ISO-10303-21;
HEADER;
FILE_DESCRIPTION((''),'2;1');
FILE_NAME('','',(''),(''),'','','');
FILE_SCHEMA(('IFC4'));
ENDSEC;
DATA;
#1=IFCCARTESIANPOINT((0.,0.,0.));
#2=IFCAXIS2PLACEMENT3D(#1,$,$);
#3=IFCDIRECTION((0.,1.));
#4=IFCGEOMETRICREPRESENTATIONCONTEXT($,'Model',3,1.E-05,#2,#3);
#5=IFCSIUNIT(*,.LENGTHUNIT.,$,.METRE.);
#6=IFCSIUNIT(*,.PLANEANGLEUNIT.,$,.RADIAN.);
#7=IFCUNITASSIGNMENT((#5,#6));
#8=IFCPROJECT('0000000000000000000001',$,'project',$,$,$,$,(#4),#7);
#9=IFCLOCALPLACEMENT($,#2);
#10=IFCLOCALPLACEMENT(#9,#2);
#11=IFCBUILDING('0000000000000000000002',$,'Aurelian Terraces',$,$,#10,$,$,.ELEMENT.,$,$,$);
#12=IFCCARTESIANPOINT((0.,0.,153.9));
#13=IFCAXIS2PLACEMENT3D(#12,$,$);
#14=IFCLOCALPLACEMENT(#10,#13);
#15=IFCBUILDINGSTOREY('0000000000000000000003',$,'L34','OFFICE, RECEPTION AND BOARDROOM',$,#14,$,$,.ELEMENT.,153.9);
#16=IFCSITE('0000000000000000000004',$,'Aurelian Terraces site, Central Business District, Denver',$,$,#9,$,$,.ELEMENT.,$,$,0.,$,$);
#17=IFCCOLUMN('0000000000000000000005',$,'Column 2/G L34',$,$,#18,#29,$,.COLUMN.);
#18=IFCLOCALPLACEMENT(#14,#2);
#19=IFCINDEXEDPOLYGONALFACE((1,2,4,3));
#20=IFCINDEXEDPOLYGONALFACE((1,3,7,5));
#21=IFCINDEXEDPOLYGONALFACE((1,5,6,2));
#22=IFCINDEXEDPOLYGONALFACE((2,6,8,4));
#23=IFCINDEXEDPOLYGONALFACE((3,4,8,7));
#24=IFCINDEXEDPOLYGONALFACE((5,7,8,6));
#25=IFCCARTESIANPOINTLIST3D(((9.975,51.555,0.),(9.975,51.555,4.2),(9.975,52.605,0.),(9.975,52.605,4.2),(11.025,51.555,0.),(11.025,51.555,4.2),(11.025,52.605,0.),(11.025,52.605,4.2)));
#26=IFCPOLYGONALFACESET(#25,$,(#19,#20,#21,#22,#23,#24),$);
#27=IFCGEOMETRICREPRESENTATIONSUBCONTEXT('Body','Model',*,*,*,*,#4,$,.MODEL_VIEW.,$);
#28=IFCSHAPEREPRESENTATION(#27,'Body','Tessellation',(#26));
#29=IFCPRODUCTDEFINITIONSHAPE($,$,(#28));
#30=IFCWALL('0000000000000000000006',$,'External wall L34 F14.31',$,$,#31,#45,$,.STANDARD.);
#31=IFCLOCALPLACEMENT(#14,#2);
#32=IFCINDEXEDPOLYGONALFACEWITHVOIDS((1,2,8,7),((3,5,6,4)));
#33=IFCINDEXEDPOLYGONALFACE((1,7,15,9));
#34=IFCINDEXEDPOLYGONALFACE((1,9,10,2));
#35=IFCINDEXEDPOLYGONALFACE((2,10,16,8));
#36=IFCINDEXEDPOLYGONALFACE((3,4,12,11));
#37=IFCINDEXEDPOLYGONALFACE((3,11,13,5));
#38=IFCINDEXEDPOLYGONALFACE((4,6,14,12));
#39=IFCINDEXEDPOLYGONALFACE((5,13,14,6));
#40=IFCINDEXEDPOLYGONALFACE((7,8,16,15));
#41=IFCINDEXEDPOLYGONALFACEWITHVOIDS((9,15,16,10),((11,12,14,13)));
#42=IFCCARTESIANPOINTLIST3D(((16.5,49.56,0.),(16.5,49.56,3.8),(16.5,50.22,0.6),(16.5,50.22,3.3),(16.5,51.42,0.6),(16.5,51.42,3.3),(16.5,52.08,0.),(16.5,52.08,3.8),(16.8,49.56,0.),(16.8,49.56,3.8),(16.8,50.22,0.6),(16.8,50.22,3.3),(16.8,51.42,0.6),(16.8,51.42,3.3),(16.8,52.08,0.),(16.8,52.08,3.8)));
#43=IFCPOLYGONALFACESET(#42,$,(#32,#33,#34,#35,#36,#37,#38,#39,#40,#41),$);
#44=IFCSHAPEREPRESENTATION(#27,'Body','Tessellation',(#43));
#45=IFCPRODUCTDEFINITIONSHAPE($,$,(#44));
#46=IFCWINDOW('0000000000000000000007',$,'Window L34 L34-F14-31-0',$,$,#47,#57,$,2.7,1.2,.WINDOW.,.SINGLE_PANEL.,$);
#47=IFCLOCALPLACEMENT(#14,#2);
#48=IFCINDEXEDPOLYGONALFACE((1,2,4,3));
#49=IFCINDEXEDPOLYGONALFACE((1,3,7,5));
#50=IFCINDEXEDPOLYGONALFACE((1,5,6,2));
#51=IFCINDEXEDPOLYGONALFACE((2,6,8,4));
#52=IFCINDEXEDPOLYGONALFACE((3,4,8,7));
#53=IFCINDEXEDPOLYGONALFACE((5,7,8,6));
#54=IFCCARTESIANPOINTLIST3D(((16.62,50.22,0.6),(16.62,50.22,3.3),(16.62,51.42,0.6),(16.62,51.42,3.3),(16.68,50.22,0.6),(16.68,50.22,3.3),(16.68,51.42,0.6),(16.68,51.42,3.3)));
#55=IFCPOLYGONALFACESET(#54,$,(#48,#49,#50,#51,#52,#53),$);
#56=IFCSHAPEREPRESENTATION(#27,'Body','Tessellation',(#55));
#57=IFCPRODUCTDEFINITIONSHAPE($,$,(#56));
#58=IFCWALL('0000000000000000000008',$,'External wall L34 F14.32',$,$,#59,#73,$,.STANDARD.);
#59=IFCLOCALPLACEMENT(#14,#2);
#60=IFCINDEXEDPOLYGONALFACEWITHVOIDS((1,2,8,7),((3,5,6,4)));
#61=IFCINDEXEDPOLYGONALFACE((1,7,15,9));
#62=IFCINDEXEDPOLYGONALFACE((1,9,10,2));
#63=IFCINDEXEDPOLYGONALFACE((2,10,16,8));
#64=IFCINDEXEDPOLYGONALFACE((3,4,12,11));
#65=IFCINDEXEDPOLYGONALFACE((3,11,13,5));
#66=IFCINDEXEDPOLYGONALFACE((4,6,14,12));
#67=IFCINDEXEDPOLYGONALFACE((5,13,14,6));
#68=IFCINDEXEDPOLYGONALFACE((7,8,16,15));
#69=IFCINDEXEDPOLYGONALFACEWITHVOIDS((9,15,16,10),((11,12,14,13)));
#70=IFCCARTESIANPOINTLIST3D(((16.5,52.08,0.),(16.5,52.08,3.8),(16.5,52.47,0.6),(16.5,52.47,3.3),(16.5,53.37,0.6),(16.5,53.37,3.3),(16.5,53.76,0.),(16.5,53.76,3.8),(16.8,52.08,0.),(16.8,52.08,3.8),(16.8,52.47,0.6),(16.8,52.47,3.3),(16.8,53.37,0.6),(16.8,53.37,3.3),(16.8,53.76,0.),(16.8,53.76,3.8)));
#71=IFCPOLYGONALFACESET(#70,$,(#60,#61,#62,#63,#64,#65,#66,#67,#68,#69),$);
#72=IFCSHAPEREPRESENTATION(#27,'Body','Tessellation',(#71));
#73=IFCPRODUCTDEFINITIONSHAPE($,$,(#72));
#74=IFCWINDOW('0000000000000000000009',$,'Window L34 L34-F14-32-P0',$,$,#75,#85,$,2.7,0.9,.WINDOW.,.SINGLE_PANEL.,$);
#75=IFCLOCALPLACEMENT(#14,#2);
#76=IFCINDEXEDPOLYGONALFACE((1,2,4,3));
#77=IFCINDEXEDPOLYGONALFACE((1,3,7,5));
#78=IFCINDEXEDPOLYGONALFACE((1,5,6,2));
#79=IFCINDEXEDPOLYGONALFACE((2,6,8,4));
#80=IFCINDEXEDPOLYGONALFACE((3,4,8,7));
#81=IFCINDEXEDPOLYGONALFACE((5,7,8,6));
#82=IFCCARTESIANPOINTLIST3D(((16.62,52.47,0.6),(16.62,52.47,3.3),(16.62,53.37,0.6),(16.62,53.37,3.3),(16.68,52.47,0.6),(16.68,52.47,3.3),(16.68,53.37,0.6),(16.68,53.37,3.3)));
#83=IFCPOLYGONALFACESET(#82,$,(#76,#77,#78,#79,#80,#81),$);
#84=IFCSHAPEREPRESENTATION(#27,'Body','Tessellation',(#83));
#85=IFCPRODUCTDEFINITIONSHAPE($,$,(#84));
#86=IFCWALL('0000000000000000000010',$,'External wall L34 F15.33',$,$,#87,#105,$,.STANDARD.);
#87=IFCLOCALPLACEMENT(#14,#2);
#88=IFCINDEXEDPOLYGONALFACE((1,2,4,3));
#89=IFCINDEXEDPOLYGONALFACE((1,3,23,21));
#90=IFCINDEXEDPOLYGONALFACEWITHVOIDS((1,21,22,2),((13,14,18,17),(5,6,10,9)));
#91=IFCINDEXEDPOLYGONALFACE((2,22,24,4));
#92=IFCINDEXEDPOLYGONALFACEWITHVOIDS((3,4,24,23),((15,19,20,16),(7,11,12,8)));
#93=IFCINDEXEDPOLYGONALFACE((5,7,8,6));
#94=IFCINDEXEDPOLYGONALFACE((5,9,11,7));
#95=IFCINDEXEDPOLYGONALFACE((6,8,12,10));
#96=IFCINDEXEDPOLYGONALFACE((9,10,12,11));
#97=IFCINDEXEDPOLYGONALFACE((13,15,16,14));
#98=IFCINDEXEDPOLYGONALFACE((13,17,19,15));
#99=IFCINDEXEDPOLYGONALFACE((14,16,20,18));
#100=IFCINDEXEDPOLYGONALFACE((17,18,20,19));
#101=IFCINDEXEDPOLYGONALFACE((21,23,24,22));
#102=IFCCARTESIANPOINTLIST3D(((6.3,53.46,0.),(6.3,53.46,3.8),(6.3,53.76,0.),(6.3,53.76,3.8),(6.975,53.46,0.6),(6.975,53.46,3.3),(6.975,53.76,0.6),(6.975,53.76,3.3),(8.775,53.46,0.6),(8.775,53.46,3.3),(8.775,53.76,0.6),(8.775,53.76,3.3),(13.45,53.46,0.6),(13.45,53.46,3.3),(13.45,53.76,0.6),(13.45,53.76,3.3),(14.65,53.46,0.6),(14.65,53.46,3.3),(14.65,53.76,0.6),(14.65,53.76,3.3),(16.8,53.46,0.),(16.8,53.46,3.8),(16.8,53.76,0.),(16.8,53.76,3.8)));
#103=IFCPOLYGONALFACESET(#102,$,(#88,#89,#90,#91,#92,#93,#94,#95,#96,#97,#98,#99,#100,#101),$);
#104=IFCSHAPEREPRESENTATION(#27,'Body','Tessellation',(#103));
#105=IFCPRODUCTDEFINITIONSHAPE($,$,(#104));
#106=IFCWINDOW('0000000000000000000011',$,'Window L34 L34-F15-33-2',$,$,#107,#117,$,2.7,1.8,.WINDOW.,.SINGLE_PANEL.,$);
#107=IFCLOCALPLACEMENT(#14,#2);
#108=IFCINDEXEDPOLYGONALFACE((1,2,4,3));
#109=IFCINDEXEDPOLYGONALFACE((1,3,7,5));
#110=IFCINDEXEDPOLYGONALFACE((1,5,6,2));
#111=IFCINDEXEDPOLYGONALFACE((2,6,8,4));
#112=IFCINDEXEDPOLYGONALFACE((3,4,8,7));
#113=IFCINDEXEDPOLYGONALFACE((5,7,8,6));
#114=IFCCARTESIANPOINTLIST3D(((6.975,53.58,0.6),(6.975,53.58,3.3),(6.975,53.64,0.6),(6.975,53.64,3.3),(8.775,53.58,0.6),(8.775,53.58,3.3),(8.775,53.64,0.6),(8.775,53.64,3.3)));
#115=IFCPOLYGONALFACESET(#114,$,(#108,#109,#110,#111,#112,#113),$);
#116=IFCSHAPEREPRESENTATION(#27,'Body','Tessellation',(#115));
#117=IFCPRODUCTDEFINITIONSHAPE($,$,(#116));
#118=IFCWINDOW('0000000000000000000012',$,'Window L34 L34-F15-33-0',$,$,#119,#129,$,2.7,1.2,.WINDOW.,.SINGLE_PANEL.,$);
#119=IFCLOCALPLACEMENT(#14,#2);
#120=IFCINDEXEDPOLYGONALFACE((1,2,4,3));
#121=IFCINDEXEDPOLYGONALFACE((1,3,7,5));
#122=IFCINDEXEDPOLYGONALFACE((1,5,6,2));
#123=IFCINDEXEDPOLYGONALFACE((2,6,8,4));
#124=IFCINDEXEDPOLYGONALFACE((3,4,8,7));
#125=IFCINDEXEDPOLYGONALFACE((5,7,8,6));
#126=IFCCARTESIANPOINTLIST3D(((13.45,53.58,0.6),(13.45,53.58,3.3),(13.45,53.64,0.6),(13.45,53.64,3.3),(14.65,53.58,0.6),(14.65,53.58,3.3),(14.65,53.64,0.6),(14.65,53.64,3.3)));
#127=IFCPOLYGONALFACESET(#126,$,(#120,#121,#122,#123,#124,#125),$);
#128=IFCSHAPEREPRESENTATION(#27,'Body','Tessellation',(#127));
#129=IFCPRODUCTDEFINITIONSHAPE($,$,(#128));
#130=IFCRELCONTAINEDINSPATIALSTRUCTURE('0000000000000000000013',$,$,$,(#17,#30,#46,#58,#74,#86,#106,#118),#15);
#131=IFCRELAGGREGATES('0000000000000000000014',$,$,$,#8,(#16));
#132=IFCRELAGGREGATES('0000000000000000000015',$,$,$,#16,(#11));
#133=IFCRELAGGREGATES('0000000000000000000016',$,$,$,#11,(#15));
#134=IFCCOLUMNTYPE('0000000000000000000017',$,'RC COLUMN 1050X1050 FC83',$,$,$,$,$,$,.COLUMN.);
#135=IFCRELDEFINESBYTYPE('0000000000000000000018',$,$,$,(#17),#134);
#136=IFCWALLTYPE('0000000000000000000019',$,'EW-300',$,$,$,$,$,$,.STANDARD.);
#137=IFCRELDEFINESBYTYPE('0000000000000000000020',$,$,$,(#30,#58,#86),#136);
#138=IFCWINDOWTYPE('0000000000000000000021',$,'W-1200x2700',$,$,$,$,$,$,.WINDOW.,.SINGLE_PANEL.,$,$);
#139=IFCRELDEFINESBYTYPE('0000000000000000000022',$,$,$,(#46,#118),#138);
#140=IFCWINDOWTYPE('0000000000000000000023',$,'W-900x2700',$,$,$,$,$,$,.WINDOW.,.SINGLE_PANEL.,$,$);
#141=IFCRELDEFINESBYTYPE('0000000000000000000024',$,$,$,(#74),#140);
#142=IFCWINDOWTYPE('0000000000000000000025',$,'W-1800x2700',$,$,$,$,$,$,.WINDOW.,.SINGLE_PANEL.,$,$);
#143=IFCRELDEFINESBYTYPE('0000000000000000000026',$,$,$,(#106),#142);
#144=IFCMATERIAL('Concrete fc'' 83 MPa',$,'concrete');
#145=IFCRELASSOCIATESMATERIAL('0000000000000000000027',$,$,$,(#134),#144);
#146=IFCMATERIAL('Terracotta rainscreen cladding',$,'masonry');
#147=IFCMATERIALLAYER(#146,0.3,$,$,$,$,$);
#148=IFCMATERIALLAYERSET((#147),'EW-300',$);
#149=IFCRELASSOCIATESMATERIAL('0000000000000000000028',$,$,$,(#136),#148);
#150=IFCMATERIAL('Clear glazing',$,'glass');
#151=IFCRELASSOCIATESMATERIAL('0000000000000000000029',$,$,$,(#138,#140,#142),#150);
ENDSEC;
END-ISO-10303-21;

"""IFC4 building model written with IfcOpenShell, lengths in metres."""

from ifc_helpers import new_model, si_unit, direction, frame, frame_2d, origin, origin_2d, place, context, subcontext, project, spatial, rectangle, extrude, source, transform, mapped, material, layer, layer_set, material_profile, profile_set, type_object, element, fill, save


model = new_model("IFC4")

# Units and contexts
model_context = context("Model", 3, precision=1e-05, world=origin(), true_north=direction((0.0, 1.0)))
body_context = subcontext(model_context, "Body", "Model", "MODEL_VIEW")
ifc_project = project(units=[si_unit("LENGTHUNIT", "METRE"), si_unit("PLANEANGLEUNIT", "RADIAN")], contexts=[model_context])

# Site, building, storey
site_placement = place(None, origin())
site = spatial("IfcSite", under=ifc_project, at=site_placement, Name="Aurelian Terraces site, Central Business District, Denver", CompositionType="ELEMENT", RefElevation=0.0)
building_placement = place(site_placement, origin())
building = spatial("IfcBuilding", under=site, at=building_placement, Name="Aurelian Terraces", CompositionType="ELEMENT")
storey_placement = place(building_placement, frame((0.0, 0.0, 153.9)))
storey = spatial("IfcBuildingStorey", under=building, at=storey_placement, Name="L34", Description="OFFICE, RECEPTION AND BOARDROOM", CompositionType="ELEMENT", Elevation=153.9)

# Column
ifc_material_1 = material(Name="Concrete fc' 83 MPa", Category="concrete")
ifc_material_profile = material_profile(ifc_material_1, rectangle(XDim=1.05, YDim=1.05, at=origin_2d()))
ifc_profile_set = profile_set([ifc_material_profile], Name="Concrete fc' 83 MPa")
column_type = type_object("IfcColumnType", Name="RC COLUMN 1050X1050 FC83", PredefinedType="COLUMN", material=ifc_profile_set)
shared_shape_1 = source(origin(), body_context, "Body", "SweptSolid", [
    extrude(rectangle(XDim=1.05, YDim=1.05, at=origin_2d()), origin(), (0.0, 0.0, 1.0), 4.2),
])
column_placement = place(storey_placement, frame((10.5, 52.08, 0.0), z_axis=(0.0, 0.0, 1.0), x_axis=(1.0, 0.0, 0.0)))
element("IfcColumn", 1, at=column_placement, inside=storey, type_object=column_type, Name="Column 2/G L34", PredefinedType="COLUMN", context=body_context, shape_type="MappedRepresentation", body=[
    mapped(shared_shape_1, transform((0.0, 0.0, 0.0), scale=1.0)),
])

# Walls, openings, windows
ifc_material_2 = material(Name="Terracotta rainscreen cladding", Category="masonry")
ifc_layer_1 = layer(ifc_material_2, 0.3)
ifc_layer_set_1 = layer_set([ifc_layer_1], Name="EW-300")
wall_type_1 = type_object("IfcWallType", Name="EW-300", PredefinedType="STANDARD", material=ifc_layer_set_1)
shared_shape_2 = source(origin(), body_context, "Body", "SweptSolid", [
    extrude(rectangle(XDim=2.52, YDim=0.3, at=frame_2d((1.26, 0.0))), origin(), (0.0, 0.0, 1.0), 3.8),
])
wall_1_placement = place(storey_placement, frame((16.65, 49.56, 0.0), z_axis=(0.0, 0.0, 1.0), x_axis=(0.0, 1.0, 0.0)))
wall_1 = element("IfcWall", 2, at=wall_1_placement, inside=storey, type_object=wall_type_1, Name="External wall L34 F14.31", PredefinedType="STANDARD", context=body_context, shape_type="MappedRepresentation", body=[
    mapped(shared_shape_2, transform((0.0, 0.0, 0.0), scale=1.0)),
])
shared_shape_3 = source(origin(), body_context, "Body", "SweptSolid", [
    extrude(rectangle(XDim=1.2, YDim=2.7, at=frame_2d((0.6, 1.35))), frame((0.0, 0.16, 0.0), z_axis=(0.0, -1.0, 0.0), x_axis=(1.0, 0.0, 0.0)), (0.0, 0.0, 1.0), 0.32),
])
opening_1_placement = place(wall_1_placement, frame((0.66, 0.0, 0.6)))
opening_1 = element("IfcOpeningElement", 3, at=opening_1_placement, cuts=wall_1, PredefinedType="OPENING", context=body_context, shape_type="MappedRepresentation", body=[
    mapped(shared_shape_3, transform((0.0, 0.0, 0.0), scale=1.0)),
])
ifc_material_3 = material(Name="Clear glazing", Category="glass")
window_type_1 = type_object("IfcWindowType", Name="W-1200x2700", PartitioningType="SINGLE_PANEL", PredefinedType="WINDOW", material=ifc_material_3)
shared_shape_4 = source(origin(), body_context, "Body", "SweptSolid", [
    extrude(rectangle(XDim=1.2, YDim=2.7, at=frame_2d((0.6, 1.35))), frame((0.0, 0.03, 0.0), z_axis=(0.0, -1.0, 0.0), x_axis=(1.0, 0.0, 0.0)), (0.0, 0.0, 1.0), 0.06),
])
window_1_placement = place(opening_1_placement, origin())
window_1 = element("IfcWindow", 4, at=window_1_placement, inside=storey, type_object=window_type_1, Name="Window L34 L34-F14-31-0", OverallHeight=2.7, OverallWidth=1.2, PartitioningType="SINGLE_PANEL", PredefinedType="WINDOW", context=body_context, shape_type="MappedRepresentation", body=[
    mapped(shared_shape_4, transform((0.0, 0.0, 0.0), scale=1.0)),
])
fill(opening_1, window_1)
shared_shape_5 = source(origin(), body_context, "Body", "SweptSolid", [
    extrude(rectangle(XDim=1.68, YDim=0.3, at=frame_2d((0.84, 0.0))), origin(), (0.0, 0.0, 1.0), 3.8),
])
wall_2_placement = place(storey_placement, frame((16.65, 52.08, 0.0), z_axis=(0.0, 0.0, 1.0), x_axis=(0.0, 1.0, 0.0)))
wall_2 = element("IfcWall", 5, at=wall_2_placement, inside=storey, type_object=wall_type_1, Name="External wall L34 F14.32", PredefinedType="STANDARD", context=body_context, shape_type="MappedRepresentation", body=[
    mapped(shared_shape_5, transform((0.0, 0.0, 0.0), scale=1.0)),
])
shared_shape_6 = source(origin(), body_context, "Body", "SweptSolid", [
    extrude(rectangle(XDim=0.9, YDim=2.7, at=frame_2d((0.45, 1.35))), frame((0.0, 0.16, 0.0), z_axis=(0.0, -1.0, 0.0), x_axis=(1.0, 0.0, 0.0)), (0.0, 0.0, 1.0), 0.32),
])
opening_2_placement = place(wall_2_placement, frame((0.39, 0.0, 0.6)))
opening_2 = element("IfcOpeningElement", 6, at=opening_2_placement, cuts=wall_2, PredefinedType="OPENING", context=body_context, shape_type="MappedRepresentation", body=[
    mapped(shared_shape_6, transform((0.0, 0.0, 0.0), scale=1.0)),
])
window_type_2 = type_object("IfcWindowType", Name="W-900x2700", PartitioningType="SINGLE_PANEL", PredefinedType="WINDOW", material=ifc_material_3)
shared_shape_7 = source(origin(), body_context, "Body", "SweptSolid", [
    extrude(rectangle(XDim=0.9, YDim=2.7, at=frame_2d((0.45, 1.35))), frame((0.0, 0.03, 0.0), z_axis=(0.0, -1.0, 0.0), x_axis=(1.0, 0.0, 0.0)), (0.0, 0.0, 1.0), 0.06),
])
window_2_placement = place(opening_2_placement, origin())
window_2 = element("IfcWindow", 7, at=window_2_placement, inside=storey, type_object=window_type_2, Name="Window L34 L34-F14-32-P0", OverallHeight=2.7, OverallWidth=0.9, PartitioningType="SINGLE_PANEL", PredefinedType="WINDOW", context=body_context, shape_type="MappedRepresentation", body=[
    mapped(shared_shape_7, transform((0.0, 0.0, 0.0), scale=1.0)),
])
fill(opening_2, window_2)

# Wall, openings, windows
shared_shape_8 = source(origin(), body_context, "Body", "SweptSolid", [
    extrude(rectangle(XDim=10.5, YDim=0.3, at=frame_2d((5.25, 0.0))), origin(), (0.0, 0.0, 1.0), 3.8),
])
wall_3_placement = place(storey_placement, frame((16.8, 53.61, 0.0), z_axis=(0.0, 0.0, 1.0), x_axis=(-1.0, 0.0, 0.0)))
wall_3 = element("IfcWall", 8, at=wall_3_placement, inside=storey, type_object=wall_type_1, Name="External wall L34 F15.33", PredefinedType="STANDARD", context=body_context, shape_type="MappedRepresentation", body=[
    mapped(shared_shape_8, transform((0.0, 0.0, 0.0), scale=1.0)),
])
opening_3_placement = place(wall_3_placement, frame((2.15, 0.0, 0.6)))
opening_3 = element("IfcOpeningElement", 9, at=opening_3_placement, cuts=wall_3, PredefinedType="OPENING", context=body_context, shape_type="MappedRepresentation", body=[
    mapped(shared_shape_3, transform((0.0, 0.0, 0.0), scale=1.0)),
])
shared_shape_9 = source(origin(), body_context, "Body", "SweptSolid", [
    extrude(rectangle(XDim=1.8, YDim=2.7, at=frame_2d((0.9, 1.35))), frame((0.0, 0.16, 0.0), z_axis=(0.0, -1.0, 0.0), x_axis=(1.0, 0.0, 0.0)), (0.0, 0.0, 1.0), 0.32),
])
opening_4_placement = place(wall_3_placement, frame((8.025, 0.0, 0.6)))
opening_4 = element("IfcOpeningElement", 10, at=opening_4_placement, cuts=wall_3, PredefinedType="OPENING", context=body_context, shape_type="MappedRepresentation", body=[
    mapped(shared_shape_9, transform((0.0, 0.0, 0.0), scale=1.0)),
])
window_type_3 = type_object("IfcWindowType", Name="W-1800x2700", PartitioningType="SINGLE_PANEL", PredefinedType="WINDOW", material=ifc_material_3)
shared_shape_10 = source(origin(), body_context, "Body", "SweptSolid", [
    extrude(rectangle(XDim=1.8, YDim=2.7, at=frame_2d((0.9, 1.35))), frame((0.0, 0.03, 0.0), z_axis=(0.0, -1.0, 0.0), x_axis=(1.0, 0.0, 0.0)), (0.0, 0.0, 1.0), 0.06),
])
window_3_placement = place(opening_4_placement, origin())
window_3 = element("IfcWindow", 11, at=window_3_placement, inside=storey, type_object=window_type_3, Name="Window L34 L34-F15-33-2", OverallHeight=2.7, OverallWidth=1.8, PartitioningType="SINGLE_PANEL", PredefinedType="WINDOW", context=body_context, shape_type="MappedRepresentation", body=[
    mapped(shared_shape_10, transform((0.0, 0.0, 0.0), scale=1.0)),
])
fill(opening_4, window_3)
window_4_placement = place(opening_3_placement, origin())
window_4 = element("IfcWindow", 12, at=window_4_placement, inside=storey, type_object=window_type_1, Name="Window L34 L34-F15-33-0", OverallHeight=2.7, OverallWidth=1.2, PartitioningType="SINGLE_PANEL", PredefinedType="WINDOW", context=body_context, shape_type="MappedRepresentation", body=[
    mapped(shared_shape_4, transform((0.0, 0.0, 0.0), scale=1.0)),
])
fill(opening_3, window_4)

save(model, "model.ifc")
